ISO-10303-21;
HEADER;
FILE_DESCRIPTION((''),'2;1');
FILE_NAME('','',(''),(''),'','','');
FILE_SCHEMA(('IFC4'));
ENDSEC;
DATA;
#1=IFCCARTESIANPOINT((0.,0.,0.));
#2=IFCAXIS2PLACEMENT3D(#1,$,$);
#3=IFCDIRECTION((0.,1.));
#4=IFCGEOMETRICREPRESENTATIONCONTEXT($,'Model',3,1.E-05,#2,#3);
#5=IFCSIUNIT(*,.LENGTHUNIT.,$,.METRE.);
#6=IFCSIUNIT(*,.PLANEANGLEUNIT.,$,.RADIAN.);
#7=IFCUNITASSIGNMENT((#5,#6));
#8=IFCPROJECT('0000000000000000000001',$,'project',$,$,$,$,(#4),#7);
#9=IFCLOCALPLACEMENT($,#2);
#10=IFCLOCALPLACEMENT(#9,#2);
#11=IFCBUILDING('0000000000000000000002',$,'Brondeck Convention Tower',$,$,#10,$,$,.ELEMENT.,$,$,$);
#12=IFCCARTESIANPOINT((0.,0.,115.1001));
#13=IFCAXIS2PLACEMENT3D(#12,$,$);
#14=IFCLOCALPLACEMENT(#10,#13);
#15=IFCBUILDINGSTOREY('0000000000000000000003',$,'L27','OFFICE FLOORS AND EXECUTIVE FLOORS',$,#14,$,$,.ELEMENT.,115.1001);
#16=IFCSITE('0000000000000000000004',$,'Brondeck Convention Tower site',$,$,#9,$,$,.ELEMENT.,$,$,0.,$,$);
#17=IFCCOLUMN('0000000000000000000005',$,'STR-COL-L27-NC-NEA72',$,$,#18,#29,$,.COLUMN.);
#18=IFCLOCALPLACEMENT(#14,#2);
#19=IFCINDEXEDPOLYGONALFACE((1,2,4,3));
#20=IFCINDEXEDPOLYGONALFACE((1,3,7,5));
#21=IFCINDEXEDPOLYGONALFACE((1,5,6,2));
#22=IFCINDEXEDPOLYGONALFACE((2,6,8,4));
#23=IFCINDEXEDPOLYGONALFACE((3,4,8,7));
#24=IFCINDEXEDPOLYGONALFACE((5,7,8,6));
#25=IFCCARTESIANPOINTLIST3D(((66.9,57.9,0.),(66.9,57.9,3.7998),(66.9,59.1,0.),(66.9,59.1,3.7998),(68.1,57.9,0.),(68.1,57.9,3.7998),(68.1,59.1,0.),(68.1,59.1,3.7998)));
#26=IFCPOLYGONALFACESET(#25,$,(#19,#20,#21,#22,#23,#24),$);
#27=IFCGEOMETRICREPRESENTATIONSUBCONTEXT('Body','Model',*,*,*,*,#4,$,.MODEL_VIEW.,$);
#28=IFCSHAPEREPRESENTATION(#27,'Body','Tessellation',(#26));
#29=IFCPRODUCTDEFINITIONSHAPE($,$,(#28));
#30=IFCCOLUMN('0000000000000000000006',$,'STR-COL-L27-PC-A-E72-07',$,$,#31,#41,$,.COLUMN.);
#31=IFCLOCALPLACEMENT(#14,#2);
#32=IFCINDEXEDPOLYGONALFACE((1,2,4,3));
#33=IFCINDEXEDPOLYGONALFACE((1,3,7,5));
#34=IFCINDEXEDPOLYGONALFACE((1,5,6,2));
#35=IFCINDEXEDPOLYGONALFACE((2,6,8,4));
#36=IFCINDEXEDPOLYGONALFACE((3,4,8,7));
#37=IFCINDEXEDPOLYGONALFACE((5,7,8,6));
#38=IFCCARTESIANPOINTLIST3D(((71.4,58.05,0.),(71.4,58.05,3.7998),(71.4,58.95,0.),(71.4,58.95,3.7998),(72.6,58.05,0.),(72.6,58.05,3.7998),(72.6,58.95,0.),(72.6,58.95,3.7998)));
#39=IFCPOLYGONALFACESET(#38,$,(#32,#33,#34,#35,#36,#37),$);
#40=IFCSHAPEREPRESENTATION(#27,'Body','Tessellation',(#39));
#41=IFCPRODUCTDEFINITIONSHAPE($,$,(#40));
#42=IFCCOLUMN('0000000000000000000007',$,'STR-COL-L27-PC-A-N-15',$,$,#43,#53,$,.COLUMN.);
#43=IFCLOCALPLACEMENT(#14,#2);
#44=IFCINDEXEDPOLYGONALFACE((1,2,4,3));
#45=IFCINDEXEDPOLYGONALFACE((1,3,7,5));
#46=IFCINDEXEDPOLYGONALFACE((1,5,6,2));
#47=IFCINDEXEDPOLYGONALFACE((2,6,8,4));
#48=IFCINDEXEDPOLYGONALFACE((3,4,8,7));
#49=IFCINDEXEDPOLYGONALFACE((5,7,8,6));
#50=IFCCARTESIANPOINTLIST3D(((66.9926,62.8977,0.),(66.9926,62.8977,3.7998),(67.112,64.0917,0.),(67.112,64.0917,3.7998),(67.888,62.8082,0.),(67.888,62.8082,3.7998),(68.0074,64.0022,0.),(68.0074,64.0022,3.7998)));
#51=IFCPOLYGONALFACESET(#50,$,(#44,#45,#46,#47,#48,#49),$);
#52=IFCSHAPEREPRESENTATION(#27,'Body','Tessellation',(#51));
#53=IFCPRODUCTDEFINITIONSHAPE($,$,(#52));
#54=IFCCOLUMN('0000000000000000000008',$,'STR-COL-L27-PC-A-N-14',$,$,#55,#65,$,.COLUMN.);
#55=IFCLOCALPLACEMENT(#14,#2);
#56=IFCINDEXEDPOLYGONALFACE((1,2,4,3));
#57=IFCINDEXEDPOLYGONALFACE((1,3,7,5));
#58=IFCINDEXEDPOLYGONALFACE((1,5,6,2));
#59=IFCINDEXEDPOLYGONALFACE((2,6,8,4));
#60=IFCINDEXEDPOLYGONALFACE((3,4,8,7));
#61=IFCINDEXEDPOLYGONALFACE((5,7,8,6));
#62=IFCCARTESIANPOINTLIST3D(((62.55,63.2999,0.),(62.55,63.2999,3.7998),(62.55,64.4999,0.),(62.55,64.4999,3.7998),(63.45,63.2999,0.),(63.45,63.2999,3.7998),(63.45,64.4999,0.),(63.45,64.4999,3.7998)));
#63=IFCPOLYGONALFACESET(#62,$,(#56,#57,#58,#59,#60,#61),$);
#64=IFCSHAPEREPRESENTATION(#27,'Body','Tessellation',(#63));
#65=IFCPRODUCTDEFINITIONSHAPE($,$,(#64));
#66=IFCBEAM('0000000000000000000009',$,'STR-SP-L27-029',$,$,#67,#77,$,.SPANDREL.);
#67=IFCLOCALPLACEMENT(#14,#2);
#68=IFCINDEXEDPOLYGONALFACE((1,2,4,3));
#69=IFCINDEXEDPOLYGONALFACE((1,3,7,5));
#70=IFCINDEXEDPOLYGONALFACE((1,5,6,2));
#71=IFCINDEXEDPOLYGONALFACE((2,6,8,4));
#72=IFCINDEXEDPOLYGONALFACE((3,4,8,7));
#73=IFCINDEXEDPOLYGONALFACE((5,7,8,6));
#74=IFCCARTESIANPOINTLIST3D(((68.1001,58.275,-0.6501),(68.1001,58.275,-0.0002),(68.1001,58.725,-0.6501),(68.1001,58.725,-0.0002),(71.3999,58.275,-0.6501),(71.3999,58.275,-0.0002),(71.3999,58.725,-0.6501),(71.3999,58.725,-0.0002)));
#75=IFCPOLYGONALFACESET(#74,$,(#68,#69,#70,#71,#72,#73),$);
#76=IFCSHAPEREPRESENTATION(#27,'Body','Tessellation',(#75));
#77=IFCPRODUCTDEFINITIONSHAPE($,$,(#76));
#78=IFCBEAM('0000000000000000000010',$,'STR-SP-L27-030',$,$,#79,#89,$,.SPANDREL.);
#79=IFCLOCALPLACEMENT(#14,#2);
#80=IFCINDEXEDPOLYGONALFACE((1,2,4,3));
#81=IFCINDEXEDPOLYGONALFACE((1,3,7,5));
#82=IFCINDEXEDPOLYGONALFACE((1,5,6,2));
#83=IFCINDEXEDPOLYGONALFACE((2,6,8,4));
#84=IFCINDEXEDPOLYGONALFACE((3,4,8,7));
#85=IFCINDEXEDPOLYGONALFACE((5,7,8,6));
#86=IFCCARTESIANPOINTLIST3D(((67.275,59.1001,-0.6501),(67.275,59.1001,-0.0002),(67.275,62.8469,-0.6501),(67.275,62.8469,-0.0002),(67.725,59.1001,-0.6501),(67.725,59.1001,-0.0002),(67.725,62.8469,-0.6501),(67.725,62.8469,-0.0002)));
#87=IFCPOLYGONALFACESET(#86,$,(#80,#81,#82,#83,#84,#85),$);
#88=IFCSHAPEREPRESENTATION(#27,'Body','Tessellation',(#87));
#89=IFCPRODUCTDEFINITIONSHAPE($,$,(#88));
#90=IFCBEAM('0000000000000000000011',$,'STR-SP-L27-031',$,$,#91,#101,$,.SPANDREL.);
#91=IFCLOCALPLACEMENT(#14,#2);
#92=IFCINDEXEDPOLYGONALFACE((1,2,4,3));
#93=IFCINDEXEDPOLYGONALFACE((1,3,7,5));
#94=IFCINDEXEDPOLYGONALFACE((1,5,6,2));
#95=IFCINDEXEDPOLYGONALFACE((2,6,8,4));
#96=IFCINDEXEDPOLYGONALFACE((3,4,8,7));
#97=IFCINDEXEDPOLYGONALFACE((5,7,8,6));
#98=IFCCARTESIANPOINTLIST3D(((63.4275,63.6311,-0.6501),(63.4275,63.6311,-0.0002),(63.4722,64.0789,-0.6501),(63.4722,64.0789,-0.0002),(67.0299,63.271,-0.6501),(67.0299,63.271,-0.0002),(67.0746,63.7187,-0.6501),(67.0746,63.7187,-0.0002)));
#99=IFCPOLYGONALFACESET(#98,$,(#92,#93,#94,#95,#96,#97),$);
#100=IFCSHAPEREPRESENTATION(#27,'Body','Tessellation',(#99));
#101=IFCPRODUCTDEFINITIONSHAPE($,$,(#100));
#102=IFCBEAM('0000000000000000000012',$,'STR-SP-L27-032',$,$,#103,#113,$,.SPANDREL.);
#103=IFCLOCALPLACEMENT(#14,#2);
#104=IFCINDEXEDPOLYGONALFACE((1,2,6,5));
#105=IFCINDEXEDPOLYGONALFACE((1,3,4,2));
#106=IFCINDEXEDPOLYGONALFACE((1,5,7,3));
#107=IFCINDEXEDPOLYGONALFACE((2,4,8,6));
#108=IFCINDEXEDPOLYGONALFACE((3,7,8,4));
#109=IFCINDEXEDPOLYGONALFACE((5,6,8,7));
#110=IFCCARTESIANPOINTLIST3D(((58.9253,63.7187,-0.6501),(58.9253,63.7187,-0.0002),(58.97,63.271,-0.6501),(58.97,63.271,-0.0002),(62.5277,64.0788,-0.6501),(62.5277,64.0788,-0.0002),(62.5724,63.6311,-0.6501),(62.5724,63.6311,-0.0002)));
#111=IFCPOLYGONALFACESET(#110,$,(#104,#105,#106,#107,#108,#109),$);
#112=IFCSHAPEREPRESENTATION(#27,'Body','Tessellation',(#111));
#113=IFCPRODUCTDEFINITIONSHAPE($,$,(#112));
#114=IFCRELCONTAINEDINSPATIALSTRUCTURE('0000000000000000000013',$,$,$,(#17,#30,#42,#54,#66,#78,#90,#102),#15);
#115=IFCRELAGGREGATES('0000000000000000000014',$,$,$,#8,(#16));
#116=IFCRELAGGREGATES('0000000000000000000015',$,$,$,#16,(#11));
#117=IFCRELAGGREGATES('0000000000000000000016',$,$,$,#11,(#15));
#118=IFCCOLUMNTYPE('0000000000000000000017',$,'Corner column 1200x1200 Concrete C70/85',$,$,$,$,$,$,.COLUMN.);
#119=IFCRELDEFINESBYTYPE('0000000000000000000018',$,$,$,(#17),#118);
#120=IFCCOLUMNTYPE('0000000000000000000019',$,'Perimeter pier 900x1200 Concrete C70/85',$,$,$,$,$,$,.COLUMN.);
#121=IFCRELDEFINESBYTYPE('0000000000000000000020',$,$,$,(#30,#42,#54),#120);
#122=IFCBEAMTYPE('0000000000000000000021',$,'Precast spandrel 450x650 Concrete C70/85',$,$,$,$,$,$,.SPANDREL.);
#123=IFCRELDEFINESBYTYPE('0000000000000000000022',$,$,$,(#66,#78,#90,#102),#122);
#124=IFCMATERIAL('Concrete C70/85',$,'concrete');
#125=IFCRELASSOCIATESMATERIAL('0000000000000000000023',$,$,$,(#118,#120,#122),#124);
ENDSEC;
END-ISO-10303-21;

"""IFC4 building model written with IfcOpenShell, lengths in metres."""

from ifc_helpers import new_model, si_unit, direction, frame, origin, origin_2d, place, context, subcontext, project, spatial, rectangle, extrude, material, material_profile, profile_set, type_object, element, save


model = new_model("IFC4")

# Units and contexts
model_context = context("Model", 3, precision=1e-05, world=origin(), true_north=direction((0.0, 1.0)))
body_context = subcontext(model_context, "Body", "Model", "MODEL_VIEW")
ifc_project = project(units=[si_unit("LENGTHUNIT", "METRE"), si_unit("PLANEANGLEUNIT", "RADIAN")], contexts=[model_context])

# Site, building, storey
site_placement = place(None, origin())
site = spatial("IfcSite", under=ifc_project, at=site_placement, Name="Brondeck Convention Tower site", CompositionType="ELEMENT", RefElevation=0.0)
building_placement = place(site_placement, origin())
building = spatial("IfcBuilding", under=site, at=building_placement, Name="Brondeck Convention Tower", CompositionType="ELEMENT")
storey_placement = place(building_placement, frame((0.0, 0.0, 115.1001)))
storey = spatial("IfcBuildingStorey", under=building, at=storey_placement, Name="L27", Description="OFFICE FLOORS AND EXECUTIVE FLOORS", CompositionType="ELEMENT", Elevation=115.1001)

# Columns
ifc_material_1 = material(Name="Concrete C70/85", Category="concrete")
ifc_material_profile_1 = material_profile(ifc_material_1, rectangle(XDim=1.2, YDim=1.2, at=origin_2d()), Name="Corner column 1200x1200 Concrete C70/85")
ifc_profile_set_1 = profile_set([ifc_material_profile_1], Name="Concrete C70/85")
column_type_1 = type_object("IfcColumnType", Name="Corner column 1200x1200 Concrete C70/85", PredefinedType="COLUMN", material=ifc_profile_set_1)
column_placement = place(storey_placement, frame((67.5, 58.5, 0.0), z_axis=(0.0, 0.0, 1.0), x_axis=(1.0, 0.0, 0.0)))
element("IfcColumn", 1, at=column_placement, inside=storey, type_object=column_type_1, Name="STR-COL-L27-NC-NEA72", PredefinedType="COLUMN", context=body_context, shape_type="SweptSolid", body=[
    extrude(rectangle(XDim=1.2, YDim=1.2, at=origin_2d()), origin(), (0.0, 0.0, 1.0), 3.7998),
])
ifc_material_profile_2 = material_profile(ifc_material_1, rectangle(XDim=0.8999, YDim=1.2, at=origin_2d()), Name="Perimeter pier 900x1200 Concrete C70/85")
ifc_profile_set_2 = profile_set([ifc_material_profile_2], Name="Concrete C70/85")
column_type_2 = type_object("IfcColumnType", Name="Perimeter pier 900x1200 Concrete C70/85", PredefinedType="COLUMN", material=ifc_profile_set_2)
for number, where, z_axis, x_axis, name in (
    (2, (72.0, 58.5, 0.0), (0.0, 0.0, 1.0), (0.0, 1.0, 0.0), "STR-COL-L27-PC-A-E72-07"),
    (3, (67.5, 63.45, 0.0), (0.0, 0.0, 1.0), (-0.995037, 0.099504, 0.0), "STR-COL-L27-PC-A-N-15"),
    (4, (63.0, 63.8999, 0.0), (0.0, 0.0, 1.0), (-1.0, 0.0, 0.0), "STR-COL-L27-PC-A-N-14"),
):
    element("IfcColumn", number, at=place(storey_placement, frame(where, z_axis=z_axis, x_axis=x_axis)), inside=storey, type_object=column_type_2, Name=name, PredefinedType="COLUMN", context=body_context, shape_type="SweptSolid", body=[
        extrude(rectangle(XDim=0.8999, YDim=1.2, at=origin_2d()), origin(), (0.0, 0.0, 1.0), 3.7998),
    ])

# Beams
ifc_material_profile_3 = material_profile(ifc_material_1, rectangle(XDim=0.45, YDim=0.6499, at=origin_2d()), Name="Precast spandrel 450x650 Concrete C70/85")
ifc_profile_set_3 = profile_set([ifc_material_profile_3], Name="Concrete C70/85")
beam_type = type_object("IfcBeamType", Name="Precast spandrel 450x650 Concrete C70/85", PredefinedType="SPANDREL", material=ifc_profile_set_3)
beam_1_placement = place(storey_placement, frame((71.3999, 58.5, -0.3252), z_axis=(-1.0, 0.0, 0.0), x_axis=(0.0, -1.0, 0.0)))
element("IfcBeam", 5, at=beam_1_placement, inside=storey, type_object=beam_type, Name="STR-SP-L27-029", PredefinedType="SPANDREL", context=body_context, shape_type="SweptSolid", body=[
    extrude(rectangle(XDim=0.45, YDim=0.6499, at=origin_2d()), origin(), (0.0, 0.0, 1.0), 3.2998),
])
beam_2_placement = place(storey_placement, frame((67.5, 59.1001, -0.3252), z_axis=(0.0, 1.0, 0.0), x_axis=(-1.0, 0.0, 0.0)))
element("IfcBeam", 6, at=beam_2_placement, inside=storey, type_object=beam_type, Name="STR-SP-L27-030", PredefinedType="SPANDREL", context=body_context, shape_type="SweptSolid", body=[
    extrude(rectangle(XDim=0.45, YDim=0.6499, at=origin_2d()), origin(), (0.0, 0.0, 1.0), 3.7468),
])
for number, where, z_axis, x_axis, name in (
    (7, (67.0522, 63.4949, -0.3252), (-0.995041, 0.09947, 0.0), (-0.09947, -0.995041, 0.0), "STR-SP-L27-031"),
    (8, (62.55, 63.855, -0.3252), (-0.995041, -0.09947, 0.0), (0.09947, -0.995041, 0.0), "STR-SP-L27-032"),
):
    element("IfcBeam", number, at=place(storey_placement, frame(where, z_axis=z_axis, x_axis=x_axis)), inside=storey, type_object=beam_type, Name=name, PredefinedType="SPANDREL", context=body_context, shape_type="SweptSolid", body=[
        extrude(rectangle(XDim=0.45, YDim=0.6499, at=origin_2d()), origin(), (0.0, 0.0, 1.0), 3.6204),
    ])

save(model, "model.ifc")
